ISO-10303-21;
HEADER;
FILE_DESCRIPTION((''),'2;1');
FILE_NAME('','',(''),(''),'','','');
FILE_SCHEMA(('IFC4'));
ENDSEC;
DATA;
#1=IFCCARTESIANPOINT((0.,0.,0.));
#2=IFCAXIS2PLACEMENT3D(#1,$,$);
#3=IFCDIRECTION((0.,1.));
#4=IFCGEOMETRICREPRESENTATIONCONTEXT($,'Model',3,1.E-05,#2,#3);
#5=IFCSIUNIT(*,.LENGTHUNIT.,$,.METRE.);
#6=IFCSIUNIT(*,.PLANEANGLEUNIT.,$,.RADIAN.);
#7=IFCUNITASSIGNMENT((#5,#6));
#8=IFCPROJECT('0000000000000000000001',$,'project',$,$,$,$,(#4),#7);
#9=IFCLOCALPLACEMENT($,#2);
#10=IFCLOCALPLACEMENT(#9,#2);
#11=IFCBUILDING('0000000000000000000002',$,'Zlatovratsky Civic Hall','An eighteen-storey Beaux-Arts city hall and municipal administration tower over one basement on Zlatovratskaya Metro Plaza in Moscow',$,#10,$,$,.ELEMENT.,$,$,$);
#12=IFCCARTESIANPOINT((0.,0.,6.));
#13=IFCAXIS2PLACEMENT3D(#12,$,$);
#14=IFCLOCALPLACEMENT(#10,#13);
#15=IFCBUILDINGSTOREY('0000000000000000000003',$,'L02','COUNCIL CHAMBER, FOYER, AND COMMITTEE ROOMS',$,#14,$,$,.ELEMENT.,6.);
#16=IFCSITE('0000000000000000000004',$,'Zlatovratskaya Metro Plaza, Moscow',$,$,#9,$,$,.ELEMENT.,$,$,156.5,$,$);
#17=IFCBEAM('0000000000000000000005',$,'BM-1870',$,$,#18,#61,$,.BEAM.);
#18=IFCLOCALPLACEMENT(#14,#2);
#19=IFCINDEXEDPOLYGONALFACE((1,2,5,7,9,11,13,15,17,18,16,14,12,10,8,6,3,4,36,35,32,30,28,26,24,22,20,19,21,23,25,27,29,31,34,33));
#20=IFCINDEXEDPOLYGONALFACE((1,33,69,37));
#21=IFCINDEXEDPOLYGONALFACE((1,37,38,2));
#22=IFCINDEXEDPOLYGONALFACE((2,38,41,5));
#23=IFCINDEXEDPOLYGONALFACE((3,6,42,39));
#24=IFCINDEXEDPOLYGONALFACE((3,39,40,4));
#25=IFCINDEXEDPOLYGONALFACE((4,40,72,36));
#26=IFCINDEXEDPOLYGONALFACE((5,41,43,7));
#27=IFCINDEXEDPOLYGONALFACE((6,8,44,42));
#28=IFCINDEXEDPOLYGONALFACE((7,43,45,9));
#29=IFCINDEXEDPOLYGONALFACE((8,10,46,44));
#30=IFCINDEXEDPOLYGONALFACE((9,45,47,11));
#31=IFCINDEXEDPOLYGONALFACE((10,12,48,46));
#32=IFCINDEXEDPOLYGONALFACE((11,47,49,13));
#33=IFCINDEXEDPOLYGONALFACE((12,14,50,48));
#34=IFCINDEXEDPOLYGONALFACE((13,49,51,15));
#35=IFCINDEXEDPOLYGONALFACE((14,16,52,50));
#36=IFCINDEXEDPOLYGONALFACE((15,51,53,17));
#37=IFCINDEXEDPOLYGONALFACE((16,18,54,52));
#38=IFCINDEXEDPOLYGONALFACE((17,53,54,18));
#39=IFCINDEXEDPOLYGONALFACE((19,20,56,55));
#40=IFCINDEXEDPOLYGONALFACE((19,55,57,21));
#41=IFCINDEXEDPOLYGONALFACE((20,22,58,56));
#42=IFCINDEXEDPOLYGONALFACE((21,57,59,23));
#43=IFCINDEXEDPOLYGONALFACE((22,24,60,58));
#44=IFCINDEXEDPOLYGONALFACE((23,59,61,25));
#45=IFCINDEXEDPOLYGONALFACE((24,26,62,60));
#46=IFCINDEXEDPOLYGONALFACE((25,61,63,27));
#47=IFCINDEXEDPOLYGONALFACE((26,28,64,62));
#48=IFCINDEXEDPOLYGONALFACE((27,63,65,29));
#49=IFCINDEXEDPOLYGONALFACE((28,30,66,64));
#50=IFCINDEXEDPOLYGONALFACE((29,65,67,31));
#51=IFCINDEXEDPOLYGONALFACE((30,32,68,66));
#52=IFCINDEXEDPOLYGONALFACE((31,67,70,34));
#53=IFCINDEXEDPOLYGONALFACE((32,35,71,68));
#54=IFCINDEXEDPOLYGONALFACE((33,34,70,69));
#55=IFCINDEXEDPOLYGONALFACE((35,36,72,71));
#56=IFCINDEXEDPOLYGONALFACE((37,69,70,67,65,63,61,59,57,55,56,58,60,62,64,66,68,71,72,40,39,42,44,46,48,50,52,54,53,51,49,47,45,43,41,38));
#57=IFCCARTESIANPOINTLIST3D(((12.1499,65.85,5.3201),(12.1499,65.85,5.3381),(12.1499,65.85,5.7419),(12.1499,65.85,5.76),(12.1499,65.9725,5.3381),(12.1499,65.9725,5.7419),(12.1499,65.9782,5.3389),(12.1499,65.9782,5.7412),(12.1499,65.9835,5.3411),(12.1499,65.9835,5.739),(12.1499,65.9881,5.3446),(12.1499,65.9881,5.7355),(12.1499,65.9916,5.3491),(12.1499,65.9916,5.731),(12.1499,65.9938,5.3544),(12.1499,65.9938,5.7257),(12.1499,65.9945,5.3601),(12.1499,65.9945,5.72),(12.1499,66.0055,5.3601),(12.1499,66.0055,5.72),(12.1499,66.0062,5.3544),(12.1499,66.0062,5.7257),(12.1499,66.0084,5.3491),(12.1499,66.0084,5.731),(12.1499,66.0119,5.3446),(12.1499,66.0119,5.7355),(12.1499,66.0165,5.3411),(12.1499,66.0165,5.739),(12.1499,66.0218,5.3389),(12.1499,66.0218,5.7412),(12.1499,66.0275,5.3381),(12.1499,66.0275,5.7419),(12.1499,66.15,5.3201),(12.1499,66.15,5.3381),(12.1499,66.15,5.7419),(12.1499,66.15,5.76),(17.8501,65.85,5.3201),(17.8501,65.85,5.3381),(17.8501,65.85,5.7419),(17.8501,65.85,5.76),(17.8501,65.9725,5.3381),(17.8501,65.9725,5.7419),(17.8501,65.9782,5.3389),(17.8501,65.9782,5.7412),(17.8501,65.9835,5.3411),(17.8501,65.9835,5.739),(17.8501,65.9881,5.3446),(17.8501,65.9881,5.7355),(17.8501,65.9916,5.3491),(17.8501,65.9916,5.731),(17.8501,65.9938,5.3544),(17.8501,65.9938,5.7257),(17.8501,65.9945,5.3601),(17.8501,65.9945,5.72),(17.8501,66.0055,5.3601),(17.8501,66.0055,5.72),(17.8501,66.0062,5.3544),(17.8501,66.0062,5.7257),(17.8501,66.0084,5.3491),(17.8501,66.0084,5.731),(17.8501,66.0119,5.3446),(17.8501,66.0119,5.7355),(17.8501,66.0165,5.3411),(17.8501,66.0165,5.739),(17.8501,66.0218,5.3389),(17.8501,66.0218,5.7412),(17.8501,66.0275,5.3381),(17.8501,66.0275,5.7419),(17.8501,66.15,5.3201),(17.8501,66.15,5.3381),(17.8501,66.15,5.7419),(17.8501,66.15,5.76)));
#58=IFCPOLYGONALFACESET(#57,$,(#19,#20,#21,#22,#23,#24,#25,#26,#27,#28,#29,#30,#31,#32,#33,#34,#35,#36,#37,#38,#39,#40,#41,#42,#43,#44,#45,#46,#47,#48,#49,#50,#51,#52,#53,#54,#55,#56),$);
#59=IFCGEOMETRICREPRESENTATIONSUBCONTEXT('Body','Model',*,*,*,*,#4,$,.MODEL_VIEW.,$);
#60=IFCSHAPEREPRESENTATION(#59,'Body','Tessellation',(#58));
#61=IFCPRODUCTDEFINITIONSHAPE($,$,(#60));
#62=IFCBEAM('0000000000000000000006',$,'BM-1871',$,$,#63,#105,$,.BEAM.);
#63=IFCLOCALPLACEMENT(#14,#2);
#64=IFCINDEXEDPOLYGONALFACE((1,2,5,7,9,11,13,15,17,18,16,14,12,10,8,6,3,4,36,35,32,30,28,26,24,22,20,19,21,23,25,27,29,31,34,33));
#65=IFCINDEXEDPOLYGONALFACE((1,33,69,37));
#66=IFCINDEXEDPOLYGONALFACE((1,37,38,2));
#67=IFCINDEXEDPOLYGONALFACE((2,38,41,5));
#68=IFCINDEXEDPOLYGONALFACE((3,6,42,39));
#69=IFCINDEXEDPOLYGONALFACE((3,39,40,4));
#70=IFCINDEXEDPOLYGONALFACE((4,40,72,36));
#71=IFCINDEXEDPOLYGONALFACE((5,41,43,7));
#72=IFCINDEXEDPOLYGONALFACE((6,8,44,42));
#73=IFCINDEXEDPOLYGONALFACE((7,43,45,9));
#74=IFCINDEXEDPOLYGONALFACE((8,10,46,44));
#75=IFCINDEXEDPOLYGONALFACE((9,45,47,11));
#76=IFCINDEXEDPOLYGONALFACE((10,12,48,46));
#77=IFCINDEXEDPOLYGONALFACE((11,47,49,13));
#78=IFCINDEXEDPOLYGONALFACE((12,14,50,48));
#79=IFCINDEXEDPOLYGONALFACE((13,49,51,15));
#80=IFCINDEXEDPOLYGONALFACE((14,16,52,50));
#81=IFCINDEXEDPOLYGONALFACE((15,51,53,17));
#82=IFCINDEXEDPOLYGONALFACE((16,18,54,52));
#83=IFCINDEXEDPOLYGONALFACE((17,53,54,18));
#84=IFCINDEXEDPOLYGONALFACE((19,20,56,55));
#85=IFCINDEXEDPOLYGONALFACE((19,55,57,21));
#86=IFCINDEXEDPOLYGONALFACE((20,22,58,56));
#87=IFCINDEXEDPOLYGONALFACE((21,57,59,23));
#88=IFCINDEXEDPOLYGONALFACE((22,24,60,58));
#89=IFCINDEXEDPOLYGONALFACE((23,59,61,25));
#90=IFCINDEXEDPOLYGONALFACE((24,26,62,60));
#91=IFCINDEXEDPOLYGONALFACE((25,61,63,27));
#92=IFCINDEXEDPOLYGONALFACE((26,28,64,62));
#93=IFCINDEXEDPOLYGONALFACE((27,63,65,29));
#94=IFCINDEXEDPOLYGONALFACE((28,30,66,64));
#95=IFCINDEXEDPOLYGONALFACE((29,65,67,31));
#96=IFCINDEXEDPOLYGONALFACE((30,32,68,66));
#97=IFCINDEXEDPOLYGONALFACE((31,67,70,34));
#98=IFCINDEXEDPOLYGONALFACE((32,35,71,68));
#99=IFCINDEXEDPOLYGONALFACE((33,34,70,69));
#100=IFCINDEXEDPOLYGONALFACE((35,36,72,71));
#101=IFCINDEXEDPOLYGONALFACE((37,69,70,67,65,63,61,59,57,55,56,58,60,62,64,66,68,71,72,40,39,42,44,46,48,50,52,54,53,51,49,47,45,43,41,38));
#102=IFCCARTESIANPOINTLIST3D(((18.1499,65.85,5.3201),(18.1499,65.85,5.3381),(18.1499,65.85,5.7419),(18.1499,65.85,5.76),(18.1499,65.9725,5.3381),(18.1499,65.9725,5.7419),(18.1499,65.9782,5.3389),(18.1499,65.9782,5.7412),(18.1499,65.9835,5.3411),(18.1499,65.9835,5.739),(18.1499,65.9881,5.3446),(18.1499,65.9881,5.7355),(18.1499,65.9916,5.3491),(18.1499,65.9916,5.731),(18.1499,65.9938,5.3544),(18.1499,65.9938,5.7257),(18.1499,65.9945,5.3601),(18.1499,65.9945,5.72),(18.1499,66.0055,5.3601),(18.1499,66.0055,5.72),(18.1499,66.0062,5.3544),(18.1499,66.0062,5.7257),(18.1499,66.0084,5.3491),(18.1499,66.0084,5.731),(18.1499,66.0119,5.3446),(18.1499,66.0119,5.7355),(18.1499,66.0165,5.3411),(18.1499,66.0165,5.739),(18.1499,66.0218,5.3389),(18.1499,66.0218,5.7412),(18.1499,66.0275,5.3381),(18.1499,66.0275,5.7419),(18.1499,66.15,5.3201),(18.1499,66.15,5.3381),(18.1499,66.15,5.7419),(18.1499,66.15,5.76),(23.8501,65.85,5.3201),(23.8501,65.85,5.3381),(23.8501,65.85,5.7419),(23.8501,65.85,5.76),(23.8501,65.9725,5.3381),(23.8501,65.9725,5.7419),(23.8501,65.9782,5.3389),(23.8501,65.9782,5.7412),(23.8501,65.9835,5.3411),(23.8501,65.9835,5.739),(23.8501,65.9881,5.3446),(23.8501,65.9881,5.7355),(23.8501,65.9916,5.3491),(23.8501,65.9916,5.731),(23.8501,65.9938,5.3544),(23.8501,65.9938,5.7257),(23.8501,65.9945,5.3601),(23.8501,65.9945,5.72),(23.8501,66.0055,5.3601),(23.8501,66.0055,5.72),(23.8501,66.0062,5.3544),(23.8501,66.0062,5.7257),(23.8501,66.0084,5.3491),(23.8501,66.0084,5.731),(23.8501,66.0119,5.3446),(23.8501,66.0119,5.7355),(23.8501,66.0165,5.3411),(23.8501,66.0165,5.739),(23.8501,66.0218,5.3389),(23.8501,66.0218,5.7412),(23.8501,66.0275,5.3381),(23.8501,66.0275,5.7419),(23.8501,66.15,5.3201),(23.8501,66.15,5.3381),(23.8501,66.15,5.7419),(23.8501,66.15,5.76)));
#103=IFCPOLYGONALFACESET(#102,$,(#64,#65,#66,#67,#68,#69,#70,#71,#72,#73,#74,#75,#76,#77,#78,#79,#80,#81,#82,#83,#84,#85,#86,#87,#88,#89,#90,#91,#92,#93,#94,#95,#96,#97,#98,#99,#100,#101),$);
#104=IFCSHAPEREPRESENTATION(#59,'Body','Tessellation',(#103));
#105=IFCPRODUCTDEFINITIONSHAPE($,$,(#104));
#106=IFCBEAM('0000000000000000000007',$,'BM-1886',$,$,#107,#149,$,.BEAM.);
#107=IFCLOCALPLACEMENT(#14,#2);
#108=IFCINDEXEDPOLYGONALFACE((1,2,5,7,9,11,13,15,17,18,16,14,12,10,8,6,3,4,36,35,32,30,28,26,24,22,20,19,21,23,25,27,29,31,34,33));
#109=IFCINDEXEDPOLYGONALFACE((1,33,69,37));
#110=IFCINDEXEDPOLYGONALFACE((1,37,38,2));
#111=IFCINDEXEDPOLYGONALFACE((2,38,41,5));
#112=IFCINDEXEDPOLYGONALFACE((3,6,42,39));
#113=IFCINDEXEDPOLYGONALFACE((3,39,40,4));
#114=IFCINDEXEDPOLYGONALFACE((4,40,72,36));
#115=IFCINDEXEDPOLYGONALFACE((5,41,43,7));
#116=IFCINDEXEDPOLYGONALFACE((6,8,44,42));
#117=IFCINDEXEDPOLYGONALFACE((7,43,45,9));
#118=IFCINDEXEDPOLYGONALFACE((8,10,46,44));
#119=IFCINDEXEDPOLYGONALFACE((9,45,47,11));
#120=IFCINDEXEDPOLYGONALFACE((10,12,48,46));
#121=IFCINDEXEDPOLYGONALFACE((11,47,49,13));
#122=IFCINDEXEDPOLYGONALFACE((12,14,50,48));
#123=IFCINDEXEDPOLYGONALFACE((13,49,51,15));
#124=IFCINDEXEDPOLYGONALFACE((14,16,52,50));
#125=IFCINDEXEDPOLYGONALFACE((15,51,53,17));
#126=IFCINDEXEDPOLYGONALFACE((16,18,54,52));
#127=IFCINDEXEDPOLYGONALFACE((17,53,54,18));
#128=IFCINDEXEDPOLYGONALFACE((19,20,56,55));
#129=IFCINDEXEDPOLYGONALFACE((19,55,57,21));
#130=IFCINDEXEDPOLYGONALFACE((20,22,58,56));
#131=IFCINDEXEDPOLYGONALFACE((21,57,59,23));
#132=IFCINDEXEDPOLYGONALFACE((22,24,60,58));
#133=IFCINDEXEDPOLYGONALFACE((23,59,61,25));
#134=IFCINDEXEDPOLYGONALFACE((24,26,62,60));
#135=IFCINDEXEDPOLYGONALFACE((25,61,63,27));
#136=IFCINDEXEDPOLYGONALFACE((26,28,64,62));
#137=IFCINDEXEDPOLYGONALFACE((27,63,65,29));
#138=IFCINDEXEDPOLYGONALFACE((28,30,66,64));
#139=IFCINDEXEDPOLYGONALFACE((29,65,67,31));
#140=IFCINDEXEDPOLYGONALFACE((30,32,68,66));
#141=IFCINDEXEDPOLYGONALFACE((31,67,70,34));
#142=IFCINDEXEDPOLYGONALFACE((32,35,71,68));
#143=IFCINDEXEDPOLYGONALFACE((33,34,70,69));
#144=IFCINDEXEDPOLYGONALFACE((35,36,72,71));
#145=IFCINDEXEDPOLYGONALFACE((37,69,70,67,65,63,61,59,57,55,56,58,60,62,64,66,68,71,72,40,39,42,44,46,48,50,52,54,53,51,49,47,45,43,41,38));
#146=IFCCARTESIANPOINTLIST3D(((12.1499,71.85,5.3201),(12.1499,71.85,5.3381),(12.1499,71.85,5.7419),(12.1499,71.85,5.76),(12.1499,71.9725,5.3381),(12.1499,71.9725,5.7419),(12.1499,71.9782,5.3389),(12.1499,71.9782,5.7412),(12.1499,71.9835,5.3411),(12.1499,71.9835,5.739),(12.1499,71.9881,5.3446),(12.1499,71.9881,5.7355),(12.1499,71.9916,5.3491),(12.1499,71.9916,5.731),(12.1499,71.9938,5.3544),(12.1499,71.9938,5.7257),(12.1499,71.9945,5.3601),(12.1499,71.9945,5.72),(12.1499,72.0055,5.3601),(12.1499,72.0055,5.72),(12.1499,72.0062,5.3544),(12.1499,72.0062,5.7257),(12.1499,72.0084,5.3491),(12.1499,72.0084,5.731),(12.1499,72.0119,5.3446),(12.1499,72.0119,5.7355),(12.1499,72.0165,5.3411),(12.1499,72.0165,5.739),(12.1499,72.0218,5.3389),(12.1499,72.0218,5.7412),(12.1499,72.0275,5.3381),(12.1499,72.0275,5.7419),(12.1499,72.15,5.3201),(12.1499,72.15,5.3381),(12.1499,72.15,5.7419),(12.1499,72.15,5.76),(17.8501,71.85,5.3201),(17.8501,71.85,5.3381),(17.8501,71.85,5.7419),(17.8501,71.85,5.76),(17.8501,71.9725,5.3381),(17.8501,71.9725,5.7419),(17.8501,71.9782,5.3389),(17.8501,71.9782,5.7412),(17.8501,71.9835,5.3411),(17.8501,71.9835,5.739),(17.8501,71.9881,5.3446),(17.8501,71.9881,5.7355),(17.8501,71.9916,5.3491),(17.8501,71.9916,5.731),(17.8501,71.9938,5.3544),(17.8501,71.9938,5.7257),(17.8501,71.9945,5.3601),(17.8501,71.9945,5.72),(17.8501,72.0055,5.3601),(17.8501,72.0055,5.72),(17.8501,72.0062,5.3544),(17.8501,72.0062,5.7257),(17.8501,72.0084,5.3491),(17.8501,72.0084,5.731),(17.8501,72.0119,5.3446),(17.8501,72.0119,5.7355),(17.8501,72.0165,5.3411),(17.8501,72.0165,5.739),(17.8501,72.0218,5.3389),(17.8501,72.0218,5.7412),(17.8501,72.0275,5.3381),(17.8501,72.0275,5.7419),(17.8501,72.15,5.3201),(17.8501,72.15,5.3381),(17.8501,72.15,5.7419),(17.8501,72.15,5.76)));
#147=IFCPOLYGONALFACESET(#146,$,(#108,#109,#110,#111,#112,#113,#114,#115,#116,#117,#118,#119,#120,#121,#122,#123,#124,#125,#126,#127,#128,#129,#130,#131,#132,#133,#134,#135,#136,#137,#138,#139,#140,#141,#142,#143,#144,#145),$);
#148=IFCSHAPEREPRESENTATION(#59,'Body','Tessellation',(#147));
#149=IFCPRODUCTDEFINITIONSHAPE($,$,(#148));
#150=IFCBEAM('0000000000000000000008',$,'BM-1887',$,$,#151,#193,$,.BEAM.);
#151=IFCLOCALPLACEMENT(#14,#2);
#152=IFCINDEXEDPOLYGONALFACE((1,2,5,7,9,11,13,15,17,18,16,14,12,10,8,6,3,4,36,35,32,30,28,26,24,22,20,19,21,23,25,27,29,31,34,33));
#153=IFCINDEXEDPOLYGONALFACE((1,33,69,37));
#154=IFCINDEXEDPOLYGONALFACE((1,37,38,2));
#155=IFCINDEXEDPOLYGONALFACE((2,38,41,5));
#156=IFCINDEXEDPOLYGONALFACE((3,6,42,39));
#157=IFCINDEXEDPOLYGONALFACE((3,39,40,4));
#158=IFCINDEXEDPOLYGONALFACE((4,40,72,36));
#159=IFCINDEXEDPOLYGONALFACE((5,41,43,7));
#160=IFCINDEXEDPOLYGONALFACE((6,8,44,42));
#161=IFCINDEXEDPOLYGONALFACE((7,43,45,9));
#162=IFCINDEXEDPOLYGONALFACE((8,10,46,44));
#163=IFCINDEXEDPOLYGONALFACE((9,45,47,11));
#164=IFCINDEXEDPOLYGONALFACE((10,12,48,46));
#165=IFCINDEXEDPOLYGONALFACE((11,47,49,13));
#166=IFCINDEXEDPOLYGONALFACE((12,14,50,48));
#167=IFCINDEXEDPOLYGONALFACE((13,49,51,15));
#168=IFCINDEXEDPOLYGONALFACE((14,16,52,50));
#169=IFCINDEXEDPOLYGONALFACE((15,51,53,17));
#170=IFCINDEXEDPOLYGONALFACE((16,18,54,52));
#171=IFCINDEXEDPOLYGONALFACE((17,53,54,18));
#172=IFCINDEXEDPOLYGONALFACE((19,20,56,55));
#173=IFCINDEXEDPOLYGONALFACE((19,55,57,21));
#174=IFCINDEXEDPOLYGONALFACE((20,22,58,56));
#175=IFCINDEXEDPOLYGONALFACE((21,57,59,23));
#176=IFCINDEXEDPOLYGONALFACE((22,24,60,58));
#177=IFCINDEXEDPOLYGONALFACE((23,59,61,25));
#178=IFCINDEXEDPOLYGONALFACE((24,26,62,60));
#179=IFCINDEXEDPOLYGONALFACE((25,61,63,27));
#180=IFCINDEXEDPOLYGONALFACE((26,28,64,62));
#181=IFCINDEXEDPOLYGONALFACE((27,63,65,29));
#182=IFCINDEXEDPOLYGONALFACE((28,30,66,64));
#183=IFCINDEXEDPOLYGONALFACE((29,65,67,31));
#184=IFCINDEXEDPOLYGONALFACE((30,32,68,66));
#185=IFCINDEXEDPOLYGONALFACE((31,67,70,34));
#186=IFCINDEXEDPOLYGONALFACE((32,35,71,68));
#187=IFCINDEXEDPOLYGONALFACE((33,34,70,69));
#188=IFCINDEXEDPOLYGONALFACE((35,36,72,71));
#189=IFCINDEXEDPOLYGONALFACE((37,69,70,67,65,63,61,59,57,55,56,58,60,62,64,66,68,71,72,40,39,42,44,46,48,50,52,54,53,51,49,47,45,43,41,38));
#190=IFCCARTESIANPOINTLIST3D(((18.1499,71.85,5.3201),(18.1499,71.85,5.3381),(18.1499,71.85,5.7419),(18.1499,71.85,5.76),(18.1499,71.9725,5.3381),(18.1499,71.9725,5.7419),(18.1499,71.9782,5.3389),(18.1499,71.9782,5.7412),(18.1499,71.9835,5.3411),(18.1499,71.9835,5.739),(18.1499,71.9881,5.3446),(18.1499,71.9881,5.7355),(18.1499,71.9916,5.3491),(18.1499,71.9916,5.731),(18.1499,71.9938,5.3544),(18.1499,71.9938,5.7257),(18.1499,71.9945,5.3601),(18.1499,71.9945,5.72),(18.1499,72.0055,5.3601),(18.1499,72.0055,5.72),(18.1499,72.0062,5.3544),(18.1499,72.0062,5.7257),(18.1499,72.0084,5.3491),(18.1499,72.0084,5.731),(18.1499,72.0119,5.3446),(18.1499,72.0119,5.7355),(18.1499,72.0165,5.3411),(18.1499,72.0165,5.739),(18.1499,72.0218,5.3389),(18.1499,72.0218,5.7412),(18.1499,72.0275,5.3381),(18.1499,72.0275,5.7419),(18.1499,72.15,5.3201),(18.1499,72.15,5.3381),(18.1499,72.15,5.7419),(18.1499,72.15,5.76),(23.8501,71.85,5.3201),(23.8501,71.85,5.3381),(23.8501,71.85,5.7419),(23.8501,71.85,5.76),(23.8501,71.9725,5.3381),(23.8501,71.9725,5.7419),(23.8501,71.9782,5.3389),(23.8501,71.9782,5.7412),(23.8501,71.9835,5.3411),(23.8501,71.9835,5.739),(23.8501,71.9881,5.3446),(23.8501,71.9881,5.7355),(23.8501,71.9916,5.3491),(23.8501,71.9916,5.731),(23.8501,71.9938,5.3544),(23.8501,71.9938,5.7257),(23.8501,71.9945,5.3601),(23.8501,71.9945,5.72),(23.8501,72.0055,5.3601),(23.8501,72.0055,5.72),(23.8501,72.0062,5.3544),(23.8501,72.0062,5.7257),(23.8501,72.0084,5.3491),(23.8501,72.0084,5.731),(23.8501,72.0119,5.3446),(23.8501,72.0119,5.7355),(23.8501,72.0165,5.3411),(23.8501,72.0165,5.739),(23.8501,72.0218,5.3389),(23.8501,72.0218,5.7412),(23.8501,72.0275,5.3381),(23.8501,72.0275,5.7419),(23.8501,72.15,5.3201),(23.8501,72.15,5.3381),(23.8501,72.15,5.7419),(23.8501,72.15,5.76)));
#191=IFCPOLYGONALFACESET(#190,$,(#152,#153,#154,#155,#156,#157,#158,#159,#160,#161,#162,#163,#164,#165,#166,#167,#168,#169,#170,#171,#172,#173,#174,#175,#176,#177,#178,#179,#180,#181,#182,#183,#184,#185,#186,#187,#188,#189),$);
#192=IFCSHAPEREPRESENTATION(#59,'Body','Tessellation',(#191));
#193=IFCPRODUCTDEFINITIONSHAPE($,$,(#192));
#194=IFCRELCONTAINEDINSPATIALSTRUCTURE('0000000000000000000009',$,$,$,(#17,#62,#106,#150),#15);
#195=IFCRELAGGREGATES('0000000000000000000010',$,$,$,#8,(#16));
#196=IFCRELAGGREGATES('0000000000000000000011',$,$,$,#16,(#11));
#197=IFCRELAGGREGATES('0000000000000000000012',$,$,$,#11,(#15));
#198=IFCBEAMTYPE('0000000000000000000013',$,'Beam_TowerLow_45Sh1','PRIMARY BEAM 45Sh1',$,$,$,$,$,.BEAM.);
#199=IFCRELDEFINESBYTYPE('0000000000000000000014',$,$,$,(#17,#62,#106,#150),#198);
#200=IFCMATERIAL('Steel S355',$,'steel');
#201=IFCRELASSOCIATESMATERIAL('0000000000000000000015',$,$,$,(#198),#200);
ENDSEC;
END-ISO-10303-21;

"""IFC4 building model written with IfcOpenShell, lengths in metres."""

from ifc_helpers import new_model, si_unit, direction, frame, origin, origin_2d, place, context, subcontext, project, spatial, i_section, extrude, material, material_profile, profile_set, type_object, element, save


model = new_model("IFC4")

# Units and contexts
model_context = context("Model", 3, precision=1e-05, world=origin(), true_north=direction((0.0, 1.0)))
body_context = subcontext(model_context, "Body", "Model", "MODEL_VIEW")
ifc_project = project(units=[si_unit("LENGTHUNIT", "METRE"), si_unit("PLANEANGLEUNIT", "RADIAN")], contexts=[model_context])

# Site, building, storey
site_placement = place(None, origin())
site = spatial("IfcSite", under=ifc_project, at=site_placement, Name="Zlatovratskaya Metro Plaza, Moscow", CompositionType="ELEMENT", RefElevation=156.5)
building_placement = place(site_placement, origin())
building = spatial("IfcBuilding", under=site, at=building_placement, Name="Zlatovratsky Civic Hall", Description="An eighteen-storey Beaux-Arts city hall and municipal administration tower over one basement on Zlatovratskaya Metro Plaza in Moscow", CompositionType="ELEMENT")
storey_placement = place(building_placement, frame((0.0, 0.0, 6.0)))
storey = spatial("IfcBuildingStorey", under=building, at=storey_placement, Name="L02", Description="COUNCIL CHAMBER, FOYER, AND COMMITTEE ROOMS", CompositionType="ELEMENT", Elevation=6.0)

# Shared definitions
ifc_material_1 = material(Name="Steel S355", Category="steel")

# Beams
ifc_material_profile_1 = material_profile(ifc_material_1, i_section(OverallWidth=0.3, OverallDepth=0.4399, WebThickness=0.011, FlangeThickness=0.0181, FilletRadius=0.022, at=origin_2d()), Name="45Sh1")
ifc_profile_set_1 = profile_set([ifc_material_profile_1], Name="Steel S355")
beam_type_1 = type_object("IfcBeamType", Name="Beam_TowerLow_45Sh1", Description="PRIMARY BEAM 45Sh1", PredefinedType="BEAM", material=ifc_profile_set_1)
for number, where, z_axis, x_axis, name in (
    (1, (12.1499, 66.0, 5.54), (1.0, 0.0, 0.0), (0.0, 1.0, 0.0), "BM-1870"),
    (2, (18.1499, 66.0, 5.54), (1.0, 0.0, 0.0), (0.0, 1.0, 0.0), "BM-1871"),
    (3, (12.1499, 72.0, 5.54), (1.0, 0.0, 0.0), (0.0, 1.0, 0.0), "BM-1886"),
    (4, (18.1499, 72.0, 5.54), (1.0, 0.0, 0.0), (0.0, 1.0, 0.0), "BM-1887"),
):
    element("IfcBeam", number, at=place(storey_placement, frame(where, z_axis=z_axis, x_axis=x_axis)), inside=storey, type_object=beam_type_1, Name=name, PredefinedType="BEAM", context=body_context, shape_type="SweptSolid", body=[
        extrude(i_section(OverallWidth=0.3, OverallDepth=0.4399, WebThickness=0.011, FlangeThickness=0.0181, FilletRadius=0.022, at=origin_2d()), origin(), (0.0, 0.0, 1.0), 5.7002),
    ])

save(model, "model.ifc")
